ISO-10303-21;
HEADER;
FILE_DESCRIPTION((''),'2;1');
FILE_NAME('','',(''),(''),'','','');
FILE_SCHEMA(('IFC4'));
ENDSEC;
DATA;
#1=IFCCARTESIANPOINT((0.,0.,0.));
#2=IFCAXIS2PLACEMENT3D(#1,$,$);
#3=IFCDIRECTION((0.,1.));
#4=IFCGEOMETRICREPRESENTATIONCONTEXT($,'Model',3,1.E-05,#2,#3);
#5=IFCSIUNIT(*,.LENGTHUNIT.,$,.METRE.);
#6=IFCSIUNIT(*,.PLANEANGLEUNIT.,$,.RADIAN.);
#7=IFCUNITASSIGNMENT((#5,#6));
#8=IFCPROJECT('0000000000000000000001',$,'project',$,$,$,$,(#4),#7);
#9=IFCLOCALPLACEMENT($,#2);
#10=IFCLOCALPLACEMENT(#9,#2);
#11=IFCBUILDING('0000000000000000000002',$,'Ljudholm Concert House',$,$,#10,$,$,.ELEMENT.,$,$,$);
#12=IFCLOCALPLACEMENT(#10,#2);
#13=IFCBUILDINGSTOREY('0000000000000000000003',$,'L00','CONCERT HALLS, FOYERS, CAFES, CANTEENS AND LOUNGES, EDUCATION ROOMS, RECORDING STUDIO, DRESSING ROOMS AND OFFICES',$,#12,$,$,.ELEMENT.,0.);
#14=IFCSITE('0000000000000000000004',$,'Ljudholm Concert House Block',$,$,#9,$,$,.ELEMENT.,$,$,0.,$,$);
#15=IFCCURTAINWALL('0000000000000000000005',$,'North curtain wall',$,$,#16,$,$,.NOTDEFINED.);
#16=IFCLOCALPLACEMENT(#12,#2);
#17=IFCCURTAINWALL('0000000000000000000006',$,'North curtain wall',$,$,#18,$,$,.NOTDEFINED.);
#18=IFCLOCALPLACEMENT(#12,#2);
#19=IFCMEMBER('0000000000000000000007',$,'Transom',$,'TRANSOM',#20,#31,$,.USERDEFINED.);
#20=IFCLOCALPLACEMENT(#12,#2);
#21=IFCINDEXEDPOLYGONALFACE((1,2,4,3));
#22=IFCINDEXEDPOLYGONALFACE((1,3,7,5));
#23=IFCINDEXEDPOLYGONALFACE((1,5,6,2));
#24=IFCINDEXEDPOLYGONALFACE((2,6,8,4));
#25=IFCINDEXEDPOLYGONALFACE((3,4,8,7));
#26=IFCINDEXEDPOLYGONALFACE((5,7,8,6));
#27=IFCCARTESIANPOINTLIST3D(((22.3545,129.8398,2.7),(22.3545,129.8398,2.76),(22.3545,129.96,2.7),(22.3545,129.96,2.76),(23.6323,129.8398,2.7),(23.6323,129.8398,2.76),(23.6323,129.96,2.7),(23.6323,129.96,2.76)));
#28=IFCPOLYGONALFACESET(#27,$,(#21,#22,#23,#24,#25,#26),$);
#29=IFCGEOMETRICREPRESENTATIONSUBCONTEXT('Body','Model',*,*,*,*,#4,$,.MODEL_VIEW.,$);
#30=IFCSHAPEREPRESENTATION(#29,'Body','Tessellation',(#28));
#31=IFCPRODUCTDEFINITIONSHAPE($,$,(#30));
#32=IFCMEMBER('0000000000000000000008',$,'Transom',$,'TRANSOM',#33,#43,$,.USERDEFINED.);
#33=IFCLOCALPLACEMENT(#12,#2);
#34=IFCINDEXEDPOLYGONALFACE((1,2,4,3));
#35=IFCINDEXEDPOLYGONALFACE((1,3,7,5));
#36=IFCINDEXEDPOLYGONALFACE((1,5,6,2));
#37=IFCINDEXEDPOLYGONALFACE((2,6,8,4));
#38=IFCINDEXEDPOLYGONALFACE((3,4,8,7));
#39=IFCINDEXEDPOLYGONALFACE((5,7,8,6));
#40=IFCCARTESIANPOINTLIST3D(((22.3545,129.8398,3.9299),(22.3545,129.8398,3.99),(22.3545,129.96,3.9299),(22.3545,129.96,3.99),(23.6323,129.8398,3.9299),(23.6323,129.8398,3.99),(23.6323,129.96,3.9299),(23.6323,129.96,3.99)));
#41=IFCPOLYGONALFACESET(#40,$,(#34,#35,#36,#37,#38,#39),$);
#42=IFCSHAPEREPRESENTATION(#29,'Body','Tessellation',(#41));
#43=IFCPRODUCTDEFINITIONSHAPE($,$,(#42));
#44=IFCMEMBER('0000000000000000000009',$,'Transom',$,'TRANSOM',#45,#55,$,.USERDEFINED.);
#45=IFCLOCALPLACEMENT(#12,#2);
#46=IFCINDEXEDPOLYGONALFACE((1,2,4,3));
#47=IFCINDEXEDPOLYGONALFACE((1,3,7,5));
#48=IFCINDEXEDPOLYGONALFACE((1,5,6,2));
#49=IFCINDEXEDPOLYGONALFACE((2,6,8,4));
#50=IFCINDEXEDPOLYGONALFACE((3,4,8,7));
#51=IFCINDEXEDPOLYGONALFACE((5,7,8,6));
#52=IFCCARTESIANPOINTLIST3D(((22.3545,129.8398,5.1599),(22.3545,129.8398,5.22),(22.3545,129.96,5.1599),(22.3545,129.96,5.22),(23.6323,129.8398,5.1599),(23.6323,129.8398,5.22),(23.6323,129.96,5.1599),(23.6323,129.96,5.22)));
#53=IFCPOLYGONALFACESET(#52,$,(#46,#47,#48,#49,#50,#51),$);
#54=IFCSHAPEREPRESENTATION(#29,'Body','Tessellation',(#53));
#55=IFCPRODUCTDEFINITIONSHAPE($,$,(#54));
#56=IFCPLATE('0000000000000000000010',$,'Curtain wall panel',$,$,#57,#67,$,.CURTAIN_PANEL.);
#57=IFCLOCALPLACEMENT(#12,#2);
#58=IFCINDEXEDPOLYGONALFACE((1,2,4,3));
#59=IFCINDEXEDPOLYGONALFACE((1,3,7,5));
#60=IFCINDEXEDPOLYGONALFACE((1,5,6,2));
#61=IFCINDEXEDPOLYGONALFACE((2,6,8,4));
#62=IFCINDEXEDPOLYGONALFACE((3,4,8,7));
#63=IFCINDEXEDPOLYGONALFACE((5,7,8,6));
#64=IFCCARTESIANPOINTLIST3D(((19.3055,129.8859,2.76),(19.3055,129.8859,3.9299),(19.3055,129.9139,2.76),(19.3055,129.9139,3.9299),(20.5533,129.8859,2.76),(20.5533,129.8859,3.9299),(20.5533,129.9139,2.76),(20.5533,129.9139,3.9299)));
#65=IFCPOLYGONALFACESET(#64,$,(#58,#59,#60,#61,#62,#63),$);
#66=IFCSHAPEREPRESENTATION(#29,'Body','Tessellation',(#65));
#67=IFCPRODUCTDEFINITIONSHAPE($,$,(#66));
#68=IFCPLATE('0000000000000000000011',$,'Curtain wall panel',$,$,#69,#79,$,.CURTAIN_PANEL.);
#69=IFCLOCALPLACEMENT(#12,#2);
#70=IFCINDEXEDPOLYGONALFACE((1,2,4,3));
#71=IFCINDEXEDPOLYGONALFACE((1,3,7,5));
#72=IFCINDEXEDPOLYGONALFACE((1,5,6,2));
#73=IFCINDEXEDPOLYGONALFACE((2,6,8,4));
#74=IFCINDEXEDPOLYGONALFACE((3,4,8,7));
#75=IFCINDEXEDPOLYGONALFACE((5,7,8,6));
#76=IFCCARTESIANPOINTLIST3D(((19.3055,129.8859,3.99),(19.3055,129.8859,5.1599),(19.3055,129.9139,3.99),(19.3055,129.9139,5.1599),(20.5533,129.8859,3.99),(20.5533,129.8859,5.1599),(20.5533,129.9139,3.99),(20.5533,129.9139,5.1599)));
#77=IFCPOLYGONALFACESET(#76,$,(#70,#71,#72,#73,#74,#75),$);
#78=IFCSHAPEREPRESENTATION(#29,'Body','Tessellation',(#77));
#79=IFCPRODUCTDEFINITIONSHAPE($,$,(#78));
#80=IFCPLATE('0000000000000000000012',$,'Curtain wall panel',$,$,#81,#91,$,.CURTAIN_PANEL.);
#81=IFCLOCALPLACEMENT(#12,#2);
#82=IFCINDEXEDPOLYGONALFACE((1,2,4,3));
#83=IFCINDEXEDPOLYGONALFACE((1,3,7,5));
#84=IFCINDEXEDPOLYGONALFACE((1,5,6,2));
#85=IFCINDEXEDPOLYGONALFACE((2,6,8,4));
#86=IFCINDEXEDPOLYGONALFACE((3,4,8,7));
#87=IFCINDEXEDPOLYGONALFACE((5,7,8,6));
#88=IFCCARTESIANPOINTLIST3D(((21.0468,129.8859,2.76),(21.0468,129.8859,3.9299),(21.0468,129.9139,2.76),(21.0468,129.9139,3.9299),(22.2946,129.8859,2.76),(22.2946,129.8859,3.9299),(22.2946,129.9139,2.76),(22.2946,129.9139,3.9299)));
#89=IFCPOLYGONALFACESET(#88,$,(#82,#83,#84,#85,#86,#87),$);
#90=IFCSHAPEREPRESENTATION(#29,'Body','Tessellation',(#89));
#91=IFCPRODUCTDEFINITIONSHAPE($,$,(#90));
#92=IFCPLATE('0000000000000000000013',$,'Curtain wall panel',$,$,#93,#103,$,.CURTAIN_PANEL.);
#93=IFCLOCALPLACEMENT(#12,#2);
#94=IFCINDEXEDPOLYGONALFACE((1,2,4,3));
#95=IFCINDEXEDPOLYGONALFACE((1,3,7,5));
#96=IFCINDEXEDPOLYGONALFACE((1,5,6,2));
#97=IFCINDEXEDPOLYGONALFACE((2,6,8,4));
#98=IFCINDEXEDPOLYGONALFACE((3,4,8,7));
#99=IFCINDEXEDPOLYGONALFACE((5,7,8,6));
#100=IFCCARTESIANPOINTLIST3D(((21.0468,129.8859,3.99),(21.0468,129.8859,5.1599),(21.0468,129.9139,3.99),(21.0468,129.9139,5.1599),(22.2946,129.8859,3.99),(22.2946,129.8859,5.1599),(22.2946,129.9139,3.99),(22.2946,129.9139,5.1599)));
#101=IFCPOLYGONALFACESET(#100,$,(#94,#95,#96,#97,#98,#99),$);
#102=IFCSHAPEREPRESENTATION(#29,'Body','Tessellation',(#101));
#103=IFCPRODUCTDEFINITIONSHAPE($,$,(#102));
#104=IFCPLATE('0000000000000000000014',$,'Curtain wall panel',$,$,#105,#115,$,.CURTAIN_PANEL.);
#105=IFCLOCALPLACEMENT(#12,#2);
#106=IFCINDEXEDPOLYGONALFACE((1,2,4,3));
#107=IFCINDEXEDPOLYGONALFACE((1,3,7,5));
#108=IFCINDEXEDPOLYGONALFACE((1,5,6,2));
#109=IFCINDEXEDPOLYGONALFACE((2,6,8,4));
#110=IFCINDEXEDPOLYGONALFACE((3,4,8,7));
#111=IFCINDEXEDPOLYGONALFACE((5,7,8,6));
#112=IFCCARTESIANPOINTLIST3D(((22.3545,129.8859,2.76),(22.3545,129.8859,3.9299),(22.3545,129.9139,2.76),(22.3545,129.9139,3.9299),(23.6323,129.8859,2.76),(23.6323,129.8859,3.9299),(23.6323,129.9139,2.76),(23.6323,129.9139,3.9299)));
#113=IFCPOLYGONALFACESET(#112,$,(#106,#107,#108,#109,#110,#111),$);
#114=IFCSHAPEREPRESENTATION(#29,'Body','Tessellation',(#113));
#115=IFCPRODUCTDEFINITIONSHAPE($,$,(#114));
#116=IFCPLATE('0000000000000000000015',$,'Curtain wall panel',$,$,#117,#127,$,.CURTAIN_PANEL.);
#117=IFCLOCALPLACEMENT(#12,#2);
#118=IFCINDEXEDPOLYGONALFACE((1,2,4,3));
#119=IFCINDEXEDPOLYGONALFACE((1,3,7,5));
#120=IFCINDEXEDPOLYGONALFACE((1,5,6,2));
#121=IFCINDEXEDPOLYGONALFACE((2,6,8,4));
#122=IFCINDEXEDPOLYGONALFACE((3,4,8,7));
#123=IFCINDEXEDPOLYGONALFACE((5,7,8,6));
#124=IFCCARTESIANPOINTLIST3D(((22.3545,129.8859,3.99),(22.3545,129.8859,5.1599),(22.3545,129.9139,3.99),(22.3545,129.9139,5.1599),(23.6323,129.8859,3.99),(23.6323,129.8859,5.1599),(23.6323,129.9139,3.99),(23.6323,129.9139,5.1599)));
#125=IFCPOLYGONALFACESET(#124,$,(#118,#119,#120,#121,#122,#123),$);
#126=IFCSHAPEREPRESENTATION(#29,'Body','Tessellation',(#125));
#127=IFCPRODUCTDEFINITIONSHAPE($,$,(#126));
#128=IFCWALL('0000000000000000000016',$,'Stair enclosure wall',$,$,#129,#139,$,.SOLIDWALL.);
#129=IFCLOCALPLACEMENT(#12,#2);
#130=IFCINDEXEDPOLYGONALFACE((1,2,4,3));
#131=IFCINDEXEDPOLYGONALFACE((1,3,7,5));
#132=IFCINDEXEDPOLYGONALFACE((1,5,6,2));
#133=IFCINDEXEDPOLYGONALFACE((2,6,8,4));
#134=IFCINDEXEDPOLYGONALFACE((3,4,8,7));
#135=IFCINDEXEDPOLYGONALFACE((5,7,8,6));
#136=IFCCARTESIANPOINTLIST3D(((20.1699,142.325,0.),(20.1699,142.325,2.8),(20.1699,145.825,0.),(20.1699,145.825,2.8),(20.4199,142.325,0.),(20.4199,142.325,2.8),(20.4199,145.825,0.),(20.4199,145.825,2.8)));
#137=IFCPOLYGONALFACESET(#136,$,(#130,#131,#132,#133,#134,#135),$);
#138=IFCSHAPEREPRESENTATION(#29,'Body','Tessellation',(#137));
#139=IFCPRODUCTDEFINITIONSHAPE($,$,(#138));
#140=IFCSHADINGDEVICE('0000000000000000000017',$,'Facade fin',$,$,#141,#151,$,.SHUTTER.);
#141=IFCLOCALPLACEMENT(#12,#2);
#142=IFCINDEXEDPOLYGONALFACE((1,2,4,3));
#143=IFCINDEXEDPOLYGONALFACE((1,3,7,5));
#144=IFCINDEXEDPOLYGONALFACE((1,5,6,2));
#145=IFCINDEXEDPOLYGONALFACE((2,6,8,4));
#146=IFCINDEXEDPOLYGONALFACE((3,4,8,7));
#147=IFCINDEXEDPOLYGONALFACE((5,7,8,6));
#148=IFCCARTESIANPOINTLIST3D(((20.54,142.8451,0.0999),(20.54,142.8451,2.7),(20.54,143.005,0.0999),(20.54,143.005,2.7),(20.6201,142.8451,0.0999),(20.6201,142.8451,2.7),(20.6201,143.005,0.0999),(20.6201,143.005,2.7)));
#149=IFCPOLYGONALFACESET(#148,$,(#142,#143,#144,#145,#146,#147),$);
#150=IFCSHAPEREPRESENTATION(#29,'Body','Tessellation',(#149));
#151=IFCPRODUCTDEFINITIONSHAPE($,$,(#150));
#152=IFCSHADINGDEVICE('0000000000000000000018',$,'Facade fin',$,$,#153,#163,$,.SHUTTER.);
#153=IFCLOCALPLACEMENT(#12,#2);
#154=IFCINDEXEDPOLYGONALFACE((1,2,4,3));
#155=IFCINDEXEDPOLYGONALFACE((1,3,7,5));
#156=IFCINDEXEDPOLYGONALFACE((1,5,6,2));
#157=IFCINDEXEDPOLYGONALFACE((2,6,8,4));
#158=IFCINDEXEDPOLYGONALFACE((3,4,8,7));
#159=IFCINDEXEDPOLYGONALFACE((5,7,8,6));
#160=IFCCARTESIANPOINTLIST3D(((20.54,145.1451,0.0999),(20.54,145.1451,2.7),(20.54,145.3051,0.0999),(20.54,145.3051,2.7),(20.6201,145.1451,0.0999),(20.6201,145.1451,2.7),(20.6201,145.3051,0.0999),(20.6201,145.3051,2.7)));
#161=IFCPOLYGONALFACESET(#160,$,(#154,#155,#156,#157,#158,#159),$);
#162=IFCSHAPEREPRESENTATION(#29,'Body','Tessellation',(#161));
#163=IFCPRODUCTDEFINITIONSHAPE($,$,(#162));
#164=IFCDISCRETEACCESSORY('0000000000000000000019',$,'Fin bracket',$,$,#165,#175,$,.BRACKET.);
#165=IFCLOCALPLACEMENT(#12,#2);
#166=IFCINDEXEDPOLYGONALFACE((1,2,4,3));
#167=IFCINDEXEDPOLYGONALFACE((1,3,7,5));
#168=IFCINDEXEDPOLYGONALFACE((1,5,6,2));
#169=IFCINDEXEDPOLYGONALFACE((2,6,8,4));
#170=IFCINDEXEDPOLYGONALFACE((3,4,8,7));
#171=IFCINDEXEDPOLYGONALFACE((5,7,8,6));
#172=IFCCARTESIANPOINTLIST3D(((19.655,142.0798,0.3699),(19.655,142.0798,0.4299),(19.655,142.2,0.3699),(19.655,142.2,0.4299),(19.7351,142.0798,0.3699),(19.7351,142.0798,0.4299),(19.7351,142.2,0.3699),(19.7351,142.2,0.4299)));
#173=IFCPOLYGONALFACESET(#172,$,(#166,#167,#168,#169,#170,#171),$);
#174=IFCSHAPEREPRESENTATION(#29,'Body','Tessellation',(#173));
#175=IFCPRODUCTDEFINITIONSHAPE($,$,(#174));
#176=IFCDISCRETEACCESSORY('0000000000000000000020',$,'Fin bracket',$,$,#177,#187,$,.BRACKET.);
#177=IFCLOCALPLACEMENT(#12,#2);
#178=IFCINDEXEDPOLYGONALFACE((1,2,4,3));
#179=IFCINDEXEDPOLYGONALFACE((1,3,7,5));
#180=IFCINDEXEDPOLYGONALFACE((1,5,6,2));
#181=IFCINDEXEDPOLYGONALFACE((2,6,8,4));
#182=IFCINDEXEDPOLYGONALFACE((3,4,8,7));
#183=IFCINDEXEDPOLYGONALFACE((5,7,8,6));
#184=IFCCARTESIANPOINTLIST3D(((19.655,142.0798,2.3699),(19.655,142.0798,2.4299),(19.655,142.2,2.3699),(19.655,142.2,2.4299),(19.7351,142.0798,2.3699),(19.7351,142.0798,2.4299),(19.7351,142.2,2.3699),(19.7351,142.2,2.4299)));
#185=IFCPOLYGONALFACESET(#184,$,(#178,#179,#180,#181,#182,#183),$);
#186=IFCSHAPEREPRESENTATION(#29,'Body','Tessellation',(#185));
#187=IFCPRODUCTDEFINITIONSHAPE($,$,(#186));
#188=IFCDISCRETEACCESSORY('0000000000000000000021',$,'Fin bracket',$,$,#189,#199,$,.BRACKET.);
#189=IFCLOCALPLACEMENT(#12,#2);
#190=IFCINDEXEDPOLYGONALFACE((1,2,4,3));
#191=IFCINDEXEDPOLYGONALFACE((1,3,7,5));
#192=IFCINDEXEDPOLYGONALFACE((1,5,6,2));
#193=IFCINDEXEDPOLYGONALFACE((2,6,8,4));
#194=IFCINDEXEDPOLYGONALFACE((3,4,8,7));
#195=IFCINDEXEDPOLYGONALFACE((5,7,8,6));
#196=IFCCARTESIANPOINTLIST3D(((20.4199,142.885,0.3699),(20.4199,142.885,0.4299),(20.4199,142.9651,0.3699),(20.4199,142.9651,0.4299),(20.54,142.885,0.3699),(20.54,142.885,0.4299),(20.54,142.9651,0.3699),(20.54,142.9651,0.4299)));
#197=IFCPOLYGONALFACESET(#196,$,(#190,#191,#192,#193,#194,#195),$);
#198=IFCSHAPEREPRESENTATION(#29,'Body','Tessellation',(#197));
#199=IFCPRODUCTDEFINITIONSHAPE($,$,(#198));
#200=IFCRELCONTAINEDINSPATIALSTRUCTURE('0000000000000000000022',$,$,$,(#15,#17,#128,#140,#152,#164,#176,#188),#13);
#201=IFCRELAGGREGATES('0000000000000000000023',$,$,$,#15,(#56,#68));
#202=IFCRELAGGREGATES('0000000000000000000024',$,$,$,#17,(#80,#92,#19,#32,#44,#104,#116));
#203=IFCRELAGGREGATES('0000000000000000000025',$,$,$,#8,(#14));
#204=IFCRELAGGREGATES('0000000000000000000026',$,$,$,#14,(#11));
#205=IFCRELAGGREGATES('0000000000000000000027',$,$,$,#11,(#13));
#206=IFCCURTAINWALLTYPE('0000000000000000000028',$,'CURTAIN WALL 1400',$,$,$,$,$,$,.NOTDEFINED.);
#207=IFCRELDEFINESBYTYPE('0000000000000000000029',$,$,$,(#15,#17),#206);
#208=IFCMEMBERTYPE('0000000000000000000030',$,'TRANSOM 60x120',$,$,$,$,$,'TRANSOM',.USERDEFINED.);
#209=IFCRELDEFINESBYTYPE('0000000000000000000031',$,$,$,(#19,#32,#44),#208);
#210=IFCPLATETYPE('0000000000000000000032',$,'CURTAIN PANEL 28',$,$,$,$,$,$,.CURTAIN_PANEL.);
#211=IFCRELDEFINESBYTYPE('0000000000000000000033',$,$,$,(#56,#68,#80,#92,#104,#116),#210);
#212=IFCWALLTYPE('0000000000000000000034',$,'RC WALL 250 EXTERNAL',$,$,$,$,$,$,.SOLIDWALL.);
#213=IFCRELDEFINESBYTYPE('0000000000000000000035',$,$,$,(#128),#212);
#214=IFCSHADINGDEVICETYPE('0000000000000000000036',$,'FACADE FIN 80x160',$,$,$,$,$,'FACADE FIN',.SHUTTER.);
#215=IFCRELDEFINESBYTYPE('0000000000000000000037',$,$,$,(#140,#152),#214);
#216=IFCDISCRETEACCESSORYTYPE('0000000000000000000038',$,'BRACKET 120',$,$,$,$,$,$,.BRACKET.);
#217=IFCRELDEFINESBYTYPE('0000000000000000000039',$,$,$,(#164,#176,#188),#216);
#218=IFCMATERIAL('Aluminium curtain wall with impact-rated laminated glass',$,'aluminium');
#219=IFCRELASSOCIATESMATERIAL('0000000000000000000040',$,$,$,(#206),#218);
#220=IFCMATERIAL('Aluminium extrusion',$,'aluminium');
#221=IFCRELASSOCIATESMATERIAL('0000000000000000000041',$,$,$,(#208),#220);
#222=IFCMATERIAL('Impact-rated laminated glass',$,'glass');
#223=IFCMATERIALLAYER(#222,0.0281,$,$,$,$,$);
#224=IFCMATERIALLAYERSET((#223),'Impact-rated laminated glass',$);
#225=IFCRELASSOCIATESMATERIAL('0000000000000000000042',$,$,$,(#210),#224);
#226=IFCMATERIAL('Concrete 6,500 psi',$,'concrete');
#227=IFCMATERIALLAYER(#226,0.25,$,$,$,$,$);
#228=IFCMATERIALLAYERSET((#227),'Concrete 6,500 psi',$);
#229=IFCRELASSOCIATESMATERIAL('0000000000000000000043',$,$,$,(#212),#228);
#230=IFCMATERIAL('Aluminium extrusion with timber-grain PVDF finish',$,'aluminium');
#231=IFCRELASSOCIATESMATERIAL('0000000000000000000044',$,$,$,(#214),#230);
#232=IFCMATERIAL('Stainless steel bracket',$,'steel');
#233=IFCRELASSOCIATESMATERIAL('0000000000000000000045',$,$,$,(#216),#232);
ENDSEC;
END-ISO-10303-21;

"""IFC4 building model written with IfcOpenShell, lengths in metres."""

from ifc_helpers import new_model, si_unit, direction, frame, frame_2d, origin, origin_2d, place, context, subcontext, project, spatial, rectangle, extrude, material, layer, layer_set, material_profile, profile_set, type_object, element, aggregate, save


model = new_model("IFC4")

# Units and contexts
model_context = context("Model", 3, precision=1e-05, world=origin(), true_north=direction((0.0, 1.0)))
body_context = subcontext(model_context, "Body", "Model", "MODEL_VIEW")
ifc_project = project(units=[si_unit("LENGTHUNIT", "METRE"), si_unit("PLANEANGLEUNIT", "RADIAN")], contexts=[model_context])

# Site, building, storey
site_placement = place(None, origin())
site = spatial("IfcSite", under=ifc_project, at=site_placement, Name="Ljudholm Concert House Block", CompositionType="ELEMENT", RefElevation=0.0)
building_placement = place(site_placement, origin())
building = spatial("IfcBuilding", under=site, at=building_placement, Name="Ljudholm Concert House", CompositionType="ELEMENT")
storey_placement = place(building_placement, origin())
storey = spatial("IfcBuildingStorey", under=building, at=storey_placement, Name="L00", Description="CONCERT HALLS, FOYERS, CAFES, CANTEENS AND LOUNGES, EDUCATION ROOMS, RECORDING STUDIO, DRESSING ROOMS AND OFFICES", CompositionType="ELEMENT", Elevation=0.0)

# Curtain wall
ifc_material_1 = material(Name="Aluminium curtain wall with impact-rated laminated glass", Category="aluminium")
curtain_wall_type = type_object("IfcCurtainWallType", Name="CURTAIN WALL 1400", PredefinedType="NOTDEFINED", material=ifc_material_1)
curtain_wall_1_placement = place(storey_placement, origin())
curtain_wall_1 = element("IfcCurtainWall", 1, at=curtain_wall_1_placement, inside=storey, type_object=curtain_wall_type, Name="North curtain wall", PredefinedType="NOTDEFINED")

# Curtain wall
curtain_wall_2_placement = place(storey_placement, origin())
curtain_wall_2 = element("IfcCurtainWall", 2, at=curtain_wall_2_placement, inside=storey, type_object=curtain_wall_type, Name="North curtain wall", PredefinedType="NOTDEFINED")

# Members
ifc_material_2 = material(Name="Aluminium extrusion", Category="aluminium")
ifc_material_profile_1 = material_profile(ifc_material_2, rectangle(XDim=0.1201, YDim=0.0601, at=origin_2d()), Name="TRANSOM 60x120")
ifc_profile_set_1 = profile_set([ifc_material_profile_1], Name="Aluminium extrusion")
member_type_1 = type_object("IfcMemberType", Name="TRANSOM 60x120", ElementType="TRANSOM", PredefinedType="USERDEFINED", material=ifc_profile_set_1)
member_1_placement = place(storey_placement, frame((22.3545, 129.8999, 2.73), z_axis=(1.0, 0.0, 0.0), x_axis=(0.0, 1.0, 0.0)))
member_1 = element("IfcMember", 3, at=member_1_placement, type_object=member_type_1, Name="Transom", ObjectType="TRANSOM", PredefinedType="USERDEFINED", context=body_context, shape_type="SweptSolid", body=[
    extrude(rectangle(XDim=0.1201, YDim=0.0601, at=origin_2d()), origin(), (0.0, 0.0, 1.0), 1.2778),
])
member_2_placement = place(storey_placement, frame((22.3545, 129.8999, 3.96), z_axis=(1.0, 0.0, 0.0), x_axis=(0.0, 1.0, 0.0)))
member_2 = element("IfcMember", 4, at=member_2_placement, type_object=member_type_1, Name="Transom", ObjectType="TRANSOM", PredefinedType="USERDEFINED", context=body_context, shape_type="SweptSolid", body=[
    extrude(rectangle(XDim=0.1201, YDim=0.0601, at=origin_2d()), origin(), (0.0, 0.0, 1.0), 1.2778),
])
member_3_placement = place(storey_placement, frame((22.3545, 129.8999, 5.1899), z_axis=(1.0, 0.0, 0.0), x_axis=(0.0, 1.0, 0.0)))
member_3 = element("IfcMember", 5, at=member_3_placement, type_object=member_type_1, Name="Transom", ObjectType="TRANSOM", PredefinedType="USERDEFINED", context=body_context, shape_type="SweptSolid", body=[
    extrude(rectangle(XDim=0.1201, YDim=0.0601, at=origin_2d()), origin(), (0.0, 0.0, 1.0), 1.2778),
])

# Plates
ifc_material_3 = material(Name="Impact-rated laminated glass", Category="glass")
ifc_layer_1 = layer(ifc_material_3, 0.0281)
ifc_layer_set_1 = layer_set([ifc_layer_1], Name="Impact-rated laminated glass")
plate_type = type_object("IfcPlateType", Name="CURTAIN PANEL 28", PredefinedType="CURTAIN_PANEL", material=ifc_layer_set_1)
plate_1_placement = place(storey_placement, frame((19.9294, 129.8999, 2.76), z_axis=(0.0, 0.0, 1.0), x_axis=(1.0, 0.0, 0.0)))
plate_1 = element("IfcPlate", 6, at=plate_1_placement, type_object=plate_type, Name="Curtain wall panel", PredefinedType="CURTAIN_PANEL", context=body_context, shape_type="SweptSolid", body=[
    extrude(rectangle(XDim=1.2478, YDim=0.0281, at=origin_2d()), origin(), (0.0, 0.0, 1.0), 1.1699),
])
plate_2_placement = place(storey_placement, frame((19.9294, 129.8999, 3.99), z_axis=(0.0, 0.0, 1.0), x_axis=(1.0, 0.0, 0.0)))
plate_2 = element("IfcPlate", 7, at=plate_2_placement, type_object=plate_type, Name="Curtain wall panel", PredefinedType="CURTAIN_PANEL", context=body_context, shape_type="SweptSolid", body=[
    extrude(rectangle(XDim=1.2478, YDim=0.0281, at=origin_2d()), origin(), (0.0, 0.0, 1.0), 1.1699),
])
aggregate(curtain_wall_1, [plate_1, plate_2])
plate_3_placement = place(storey_placement, frame((21.6707, 129.8999, 2.76), z_axis=(0.0, 0.0, 1.0), x_axis=(1.0, 0.0, 0.0)))
plate_3 = element("IfcPlate", 8, at=plate_3_placement, type_object=plate_type, Name="Curtain wall panel", PredefinedType="CURTAIN_PANEL", context=body_context, shape_type="SweptSolid", body=[
    extrude(rectangle(XDim=1.2478, YDim=0.0281, at=origin_2d()), origin(), (0.0, 0.0, 1.0), 1.1699),
])
plate_4_placement = place(storey_placement, frame((21.6707, 129.8999, 3.99), z_axis=(0.0, 0.0, 1.0), x_axis=(1.0, 0.0, 0.0)))
plate_4 = element("IfcPlate", 9, at=plate_4_placement, type_object=plate_type, Name="Curtain wall panel", PredefinedType="CURTAIN_PANEL", context=body_context, shape_type="SweptSolid", body=[
    extrude(rectangle(XDim=1.2478, YDim=0.0281, at=origin_2d()), origin(), (0.0, 0.0, 1.0), 1.1699),
])
plate_5_placement = place(storey_placement, frame((22.9934, 129.8999, 2.76), z_axis=(0.0, 0.0, 1.0), x_axis=(1.0, 0.0, 0.0)))
plate_5 = element("IfcPlate", 10, at=plate_5_placement, type_object=plate_type, Name="Curtain wall panel", PredefinedType="CURTAIN_PANEL", context=body_context, shape_type="SweptSolid", body=[
    extrude(rectangle(XDim=1.2778, YDim=0.0281, at=origin_2d()), origin(), (0.0, 0.0, 1.0), 1.1699),
])
plate_6_placement = place(storey_placement, frame((22.9934, 129.8999, 3.99), z_axis=(0.0, 0.0, 1.0), x_axis=(1.0, 0.0, 0.0)))
plate_6 = element("IfcPlate", 11, at=plate_6_placement, type_object=plate_type, Name="Curtain wall panel", PredefinedType="CURTAIN_PANEL", context=body_context, shape_type="SweptSolid", body=[
    extrude(rectangle(XDim=1.2778, YDim=0.0281, at=origin_2d()), origin(), (0.0, 0.0, 1.0), 1.1699),
])
aggregate(curtain_wall_2, [plate_3, plate_4, member_1, member_2, member_3, plate_5, plate_6])

# Wall
ifc_material_4 = material(Name="Concrete 6,500 psi", Category="concrete")
ifc_layer_2 = layer(ifc_material_4, 0.25)
ifc_layer_set_2 = layer_set([ifc_layer_2], Name="Concrete 6,500 psi")
wall_type_1 = type_object("IfcWallType", Name="RC WALL 250 EXTERNAL", PredefinedType="SOLIDWALL", material=ifc_layer_set_2)
wall_1_placement = place(storey_placement, frame((20.2949, 142.325, 0.0), z_axis=(0.0, 0.0, 1.0), x_axis=(0.0, 1.0, 0.0)))
element("IfcWall", 12, at=wall_1_placement, inside=storey, type_object=wall_type_1, Name="Stair enclosure wall", PredefinedType="SOLIDWALL", context=body_context, shape_type="SweptSolid", body=[
    extrude(rectangle(XDim=3.5, YDim=0.25, at=frame_2d((1.75, 0.0))), origin(), (0.0, 0.0, 1.0), 2.8),
])

# Shading devices
ifc_material_5 = material(Name="Aluminium extrusion with timber-grain PVDF finish", Category="aluminium")
shading_device_type = type_object("IfcShadingDeviceType", Name="FACADE FIN 80x160", ElementType="FACADE FIN", PredefinedType="SHUTTER", material=ifc_material_5)
for number, where, z_axis, x_axis, name in (
    (13, (20.5801, 142.925, 0.0999), (0.0, 0.0, 1.0), (1.0, 0.0, 0.0), "Facade fin"),
    (14, (20.5801, 145.2251, 0.0999), (0.0, 0.0, 1.0), (1.0, 0.0, 0.0), "Facade fin"),
):
    element("IfcShadingDevice", number, at=place(storey_placement, frame(where, z_axis=z_axis, x_axis=x_axis)), inside=storey, type_object=shading_device_type, Name=name, PredefinedType="SHUTTER", context=body_context, shape_type="SweptSolid", body=[
        extrude(rectangle(XDim=0.0801, YDim=0.1599, at=origin_2d()), origin(), (0.0, 0.0, 1.0), 2.6001),
    ])

# Discrete accessories
ifc_material_6 = material(Name="Stainless steel bracket", Category="steel")
discrete_accessory_type = type_object("IfcDiscreteAccessoryType", Name="BRACKET 120", PredefinedType="BRACKET", material=ifc_material_6)
for number, where, z_axis, x_axis, name in (
    (15, (19.6951, 142.1399, 0.3699), (0.0, 0.0, 1.0), (0.0, -1.0, 0.0), "Fin bracket"),
    (16, (19.6951, 142.1399, 2.3699), (0.0, 0.0, 1.0), (0.0, -1.0, 0.0), "Fin bracket"),
    (17, (20.48, 142.925, 0.3699), (0.0, 0.0, 1.0), (1.0, 0.0, 0.0), "Fin bracket"),
):
    element("IfcDiscreteAccessory", number, at=place(storey_placement, frame(where, z_axis=z_axis, x_axis=x_axis)), inside=storey, type_object=discrete_accessory_type, Name=name, PredefinedType="BRACKET", context=body_context, shape_type="SweptSolid", body=[
        extrude(rectangle(XDim=0.1201, YDim=0.0801, at=origin_2d()), origin(), (0.0, 0.0, 1.0), 0.0601),
    ])

save(model, "model.ifc")
